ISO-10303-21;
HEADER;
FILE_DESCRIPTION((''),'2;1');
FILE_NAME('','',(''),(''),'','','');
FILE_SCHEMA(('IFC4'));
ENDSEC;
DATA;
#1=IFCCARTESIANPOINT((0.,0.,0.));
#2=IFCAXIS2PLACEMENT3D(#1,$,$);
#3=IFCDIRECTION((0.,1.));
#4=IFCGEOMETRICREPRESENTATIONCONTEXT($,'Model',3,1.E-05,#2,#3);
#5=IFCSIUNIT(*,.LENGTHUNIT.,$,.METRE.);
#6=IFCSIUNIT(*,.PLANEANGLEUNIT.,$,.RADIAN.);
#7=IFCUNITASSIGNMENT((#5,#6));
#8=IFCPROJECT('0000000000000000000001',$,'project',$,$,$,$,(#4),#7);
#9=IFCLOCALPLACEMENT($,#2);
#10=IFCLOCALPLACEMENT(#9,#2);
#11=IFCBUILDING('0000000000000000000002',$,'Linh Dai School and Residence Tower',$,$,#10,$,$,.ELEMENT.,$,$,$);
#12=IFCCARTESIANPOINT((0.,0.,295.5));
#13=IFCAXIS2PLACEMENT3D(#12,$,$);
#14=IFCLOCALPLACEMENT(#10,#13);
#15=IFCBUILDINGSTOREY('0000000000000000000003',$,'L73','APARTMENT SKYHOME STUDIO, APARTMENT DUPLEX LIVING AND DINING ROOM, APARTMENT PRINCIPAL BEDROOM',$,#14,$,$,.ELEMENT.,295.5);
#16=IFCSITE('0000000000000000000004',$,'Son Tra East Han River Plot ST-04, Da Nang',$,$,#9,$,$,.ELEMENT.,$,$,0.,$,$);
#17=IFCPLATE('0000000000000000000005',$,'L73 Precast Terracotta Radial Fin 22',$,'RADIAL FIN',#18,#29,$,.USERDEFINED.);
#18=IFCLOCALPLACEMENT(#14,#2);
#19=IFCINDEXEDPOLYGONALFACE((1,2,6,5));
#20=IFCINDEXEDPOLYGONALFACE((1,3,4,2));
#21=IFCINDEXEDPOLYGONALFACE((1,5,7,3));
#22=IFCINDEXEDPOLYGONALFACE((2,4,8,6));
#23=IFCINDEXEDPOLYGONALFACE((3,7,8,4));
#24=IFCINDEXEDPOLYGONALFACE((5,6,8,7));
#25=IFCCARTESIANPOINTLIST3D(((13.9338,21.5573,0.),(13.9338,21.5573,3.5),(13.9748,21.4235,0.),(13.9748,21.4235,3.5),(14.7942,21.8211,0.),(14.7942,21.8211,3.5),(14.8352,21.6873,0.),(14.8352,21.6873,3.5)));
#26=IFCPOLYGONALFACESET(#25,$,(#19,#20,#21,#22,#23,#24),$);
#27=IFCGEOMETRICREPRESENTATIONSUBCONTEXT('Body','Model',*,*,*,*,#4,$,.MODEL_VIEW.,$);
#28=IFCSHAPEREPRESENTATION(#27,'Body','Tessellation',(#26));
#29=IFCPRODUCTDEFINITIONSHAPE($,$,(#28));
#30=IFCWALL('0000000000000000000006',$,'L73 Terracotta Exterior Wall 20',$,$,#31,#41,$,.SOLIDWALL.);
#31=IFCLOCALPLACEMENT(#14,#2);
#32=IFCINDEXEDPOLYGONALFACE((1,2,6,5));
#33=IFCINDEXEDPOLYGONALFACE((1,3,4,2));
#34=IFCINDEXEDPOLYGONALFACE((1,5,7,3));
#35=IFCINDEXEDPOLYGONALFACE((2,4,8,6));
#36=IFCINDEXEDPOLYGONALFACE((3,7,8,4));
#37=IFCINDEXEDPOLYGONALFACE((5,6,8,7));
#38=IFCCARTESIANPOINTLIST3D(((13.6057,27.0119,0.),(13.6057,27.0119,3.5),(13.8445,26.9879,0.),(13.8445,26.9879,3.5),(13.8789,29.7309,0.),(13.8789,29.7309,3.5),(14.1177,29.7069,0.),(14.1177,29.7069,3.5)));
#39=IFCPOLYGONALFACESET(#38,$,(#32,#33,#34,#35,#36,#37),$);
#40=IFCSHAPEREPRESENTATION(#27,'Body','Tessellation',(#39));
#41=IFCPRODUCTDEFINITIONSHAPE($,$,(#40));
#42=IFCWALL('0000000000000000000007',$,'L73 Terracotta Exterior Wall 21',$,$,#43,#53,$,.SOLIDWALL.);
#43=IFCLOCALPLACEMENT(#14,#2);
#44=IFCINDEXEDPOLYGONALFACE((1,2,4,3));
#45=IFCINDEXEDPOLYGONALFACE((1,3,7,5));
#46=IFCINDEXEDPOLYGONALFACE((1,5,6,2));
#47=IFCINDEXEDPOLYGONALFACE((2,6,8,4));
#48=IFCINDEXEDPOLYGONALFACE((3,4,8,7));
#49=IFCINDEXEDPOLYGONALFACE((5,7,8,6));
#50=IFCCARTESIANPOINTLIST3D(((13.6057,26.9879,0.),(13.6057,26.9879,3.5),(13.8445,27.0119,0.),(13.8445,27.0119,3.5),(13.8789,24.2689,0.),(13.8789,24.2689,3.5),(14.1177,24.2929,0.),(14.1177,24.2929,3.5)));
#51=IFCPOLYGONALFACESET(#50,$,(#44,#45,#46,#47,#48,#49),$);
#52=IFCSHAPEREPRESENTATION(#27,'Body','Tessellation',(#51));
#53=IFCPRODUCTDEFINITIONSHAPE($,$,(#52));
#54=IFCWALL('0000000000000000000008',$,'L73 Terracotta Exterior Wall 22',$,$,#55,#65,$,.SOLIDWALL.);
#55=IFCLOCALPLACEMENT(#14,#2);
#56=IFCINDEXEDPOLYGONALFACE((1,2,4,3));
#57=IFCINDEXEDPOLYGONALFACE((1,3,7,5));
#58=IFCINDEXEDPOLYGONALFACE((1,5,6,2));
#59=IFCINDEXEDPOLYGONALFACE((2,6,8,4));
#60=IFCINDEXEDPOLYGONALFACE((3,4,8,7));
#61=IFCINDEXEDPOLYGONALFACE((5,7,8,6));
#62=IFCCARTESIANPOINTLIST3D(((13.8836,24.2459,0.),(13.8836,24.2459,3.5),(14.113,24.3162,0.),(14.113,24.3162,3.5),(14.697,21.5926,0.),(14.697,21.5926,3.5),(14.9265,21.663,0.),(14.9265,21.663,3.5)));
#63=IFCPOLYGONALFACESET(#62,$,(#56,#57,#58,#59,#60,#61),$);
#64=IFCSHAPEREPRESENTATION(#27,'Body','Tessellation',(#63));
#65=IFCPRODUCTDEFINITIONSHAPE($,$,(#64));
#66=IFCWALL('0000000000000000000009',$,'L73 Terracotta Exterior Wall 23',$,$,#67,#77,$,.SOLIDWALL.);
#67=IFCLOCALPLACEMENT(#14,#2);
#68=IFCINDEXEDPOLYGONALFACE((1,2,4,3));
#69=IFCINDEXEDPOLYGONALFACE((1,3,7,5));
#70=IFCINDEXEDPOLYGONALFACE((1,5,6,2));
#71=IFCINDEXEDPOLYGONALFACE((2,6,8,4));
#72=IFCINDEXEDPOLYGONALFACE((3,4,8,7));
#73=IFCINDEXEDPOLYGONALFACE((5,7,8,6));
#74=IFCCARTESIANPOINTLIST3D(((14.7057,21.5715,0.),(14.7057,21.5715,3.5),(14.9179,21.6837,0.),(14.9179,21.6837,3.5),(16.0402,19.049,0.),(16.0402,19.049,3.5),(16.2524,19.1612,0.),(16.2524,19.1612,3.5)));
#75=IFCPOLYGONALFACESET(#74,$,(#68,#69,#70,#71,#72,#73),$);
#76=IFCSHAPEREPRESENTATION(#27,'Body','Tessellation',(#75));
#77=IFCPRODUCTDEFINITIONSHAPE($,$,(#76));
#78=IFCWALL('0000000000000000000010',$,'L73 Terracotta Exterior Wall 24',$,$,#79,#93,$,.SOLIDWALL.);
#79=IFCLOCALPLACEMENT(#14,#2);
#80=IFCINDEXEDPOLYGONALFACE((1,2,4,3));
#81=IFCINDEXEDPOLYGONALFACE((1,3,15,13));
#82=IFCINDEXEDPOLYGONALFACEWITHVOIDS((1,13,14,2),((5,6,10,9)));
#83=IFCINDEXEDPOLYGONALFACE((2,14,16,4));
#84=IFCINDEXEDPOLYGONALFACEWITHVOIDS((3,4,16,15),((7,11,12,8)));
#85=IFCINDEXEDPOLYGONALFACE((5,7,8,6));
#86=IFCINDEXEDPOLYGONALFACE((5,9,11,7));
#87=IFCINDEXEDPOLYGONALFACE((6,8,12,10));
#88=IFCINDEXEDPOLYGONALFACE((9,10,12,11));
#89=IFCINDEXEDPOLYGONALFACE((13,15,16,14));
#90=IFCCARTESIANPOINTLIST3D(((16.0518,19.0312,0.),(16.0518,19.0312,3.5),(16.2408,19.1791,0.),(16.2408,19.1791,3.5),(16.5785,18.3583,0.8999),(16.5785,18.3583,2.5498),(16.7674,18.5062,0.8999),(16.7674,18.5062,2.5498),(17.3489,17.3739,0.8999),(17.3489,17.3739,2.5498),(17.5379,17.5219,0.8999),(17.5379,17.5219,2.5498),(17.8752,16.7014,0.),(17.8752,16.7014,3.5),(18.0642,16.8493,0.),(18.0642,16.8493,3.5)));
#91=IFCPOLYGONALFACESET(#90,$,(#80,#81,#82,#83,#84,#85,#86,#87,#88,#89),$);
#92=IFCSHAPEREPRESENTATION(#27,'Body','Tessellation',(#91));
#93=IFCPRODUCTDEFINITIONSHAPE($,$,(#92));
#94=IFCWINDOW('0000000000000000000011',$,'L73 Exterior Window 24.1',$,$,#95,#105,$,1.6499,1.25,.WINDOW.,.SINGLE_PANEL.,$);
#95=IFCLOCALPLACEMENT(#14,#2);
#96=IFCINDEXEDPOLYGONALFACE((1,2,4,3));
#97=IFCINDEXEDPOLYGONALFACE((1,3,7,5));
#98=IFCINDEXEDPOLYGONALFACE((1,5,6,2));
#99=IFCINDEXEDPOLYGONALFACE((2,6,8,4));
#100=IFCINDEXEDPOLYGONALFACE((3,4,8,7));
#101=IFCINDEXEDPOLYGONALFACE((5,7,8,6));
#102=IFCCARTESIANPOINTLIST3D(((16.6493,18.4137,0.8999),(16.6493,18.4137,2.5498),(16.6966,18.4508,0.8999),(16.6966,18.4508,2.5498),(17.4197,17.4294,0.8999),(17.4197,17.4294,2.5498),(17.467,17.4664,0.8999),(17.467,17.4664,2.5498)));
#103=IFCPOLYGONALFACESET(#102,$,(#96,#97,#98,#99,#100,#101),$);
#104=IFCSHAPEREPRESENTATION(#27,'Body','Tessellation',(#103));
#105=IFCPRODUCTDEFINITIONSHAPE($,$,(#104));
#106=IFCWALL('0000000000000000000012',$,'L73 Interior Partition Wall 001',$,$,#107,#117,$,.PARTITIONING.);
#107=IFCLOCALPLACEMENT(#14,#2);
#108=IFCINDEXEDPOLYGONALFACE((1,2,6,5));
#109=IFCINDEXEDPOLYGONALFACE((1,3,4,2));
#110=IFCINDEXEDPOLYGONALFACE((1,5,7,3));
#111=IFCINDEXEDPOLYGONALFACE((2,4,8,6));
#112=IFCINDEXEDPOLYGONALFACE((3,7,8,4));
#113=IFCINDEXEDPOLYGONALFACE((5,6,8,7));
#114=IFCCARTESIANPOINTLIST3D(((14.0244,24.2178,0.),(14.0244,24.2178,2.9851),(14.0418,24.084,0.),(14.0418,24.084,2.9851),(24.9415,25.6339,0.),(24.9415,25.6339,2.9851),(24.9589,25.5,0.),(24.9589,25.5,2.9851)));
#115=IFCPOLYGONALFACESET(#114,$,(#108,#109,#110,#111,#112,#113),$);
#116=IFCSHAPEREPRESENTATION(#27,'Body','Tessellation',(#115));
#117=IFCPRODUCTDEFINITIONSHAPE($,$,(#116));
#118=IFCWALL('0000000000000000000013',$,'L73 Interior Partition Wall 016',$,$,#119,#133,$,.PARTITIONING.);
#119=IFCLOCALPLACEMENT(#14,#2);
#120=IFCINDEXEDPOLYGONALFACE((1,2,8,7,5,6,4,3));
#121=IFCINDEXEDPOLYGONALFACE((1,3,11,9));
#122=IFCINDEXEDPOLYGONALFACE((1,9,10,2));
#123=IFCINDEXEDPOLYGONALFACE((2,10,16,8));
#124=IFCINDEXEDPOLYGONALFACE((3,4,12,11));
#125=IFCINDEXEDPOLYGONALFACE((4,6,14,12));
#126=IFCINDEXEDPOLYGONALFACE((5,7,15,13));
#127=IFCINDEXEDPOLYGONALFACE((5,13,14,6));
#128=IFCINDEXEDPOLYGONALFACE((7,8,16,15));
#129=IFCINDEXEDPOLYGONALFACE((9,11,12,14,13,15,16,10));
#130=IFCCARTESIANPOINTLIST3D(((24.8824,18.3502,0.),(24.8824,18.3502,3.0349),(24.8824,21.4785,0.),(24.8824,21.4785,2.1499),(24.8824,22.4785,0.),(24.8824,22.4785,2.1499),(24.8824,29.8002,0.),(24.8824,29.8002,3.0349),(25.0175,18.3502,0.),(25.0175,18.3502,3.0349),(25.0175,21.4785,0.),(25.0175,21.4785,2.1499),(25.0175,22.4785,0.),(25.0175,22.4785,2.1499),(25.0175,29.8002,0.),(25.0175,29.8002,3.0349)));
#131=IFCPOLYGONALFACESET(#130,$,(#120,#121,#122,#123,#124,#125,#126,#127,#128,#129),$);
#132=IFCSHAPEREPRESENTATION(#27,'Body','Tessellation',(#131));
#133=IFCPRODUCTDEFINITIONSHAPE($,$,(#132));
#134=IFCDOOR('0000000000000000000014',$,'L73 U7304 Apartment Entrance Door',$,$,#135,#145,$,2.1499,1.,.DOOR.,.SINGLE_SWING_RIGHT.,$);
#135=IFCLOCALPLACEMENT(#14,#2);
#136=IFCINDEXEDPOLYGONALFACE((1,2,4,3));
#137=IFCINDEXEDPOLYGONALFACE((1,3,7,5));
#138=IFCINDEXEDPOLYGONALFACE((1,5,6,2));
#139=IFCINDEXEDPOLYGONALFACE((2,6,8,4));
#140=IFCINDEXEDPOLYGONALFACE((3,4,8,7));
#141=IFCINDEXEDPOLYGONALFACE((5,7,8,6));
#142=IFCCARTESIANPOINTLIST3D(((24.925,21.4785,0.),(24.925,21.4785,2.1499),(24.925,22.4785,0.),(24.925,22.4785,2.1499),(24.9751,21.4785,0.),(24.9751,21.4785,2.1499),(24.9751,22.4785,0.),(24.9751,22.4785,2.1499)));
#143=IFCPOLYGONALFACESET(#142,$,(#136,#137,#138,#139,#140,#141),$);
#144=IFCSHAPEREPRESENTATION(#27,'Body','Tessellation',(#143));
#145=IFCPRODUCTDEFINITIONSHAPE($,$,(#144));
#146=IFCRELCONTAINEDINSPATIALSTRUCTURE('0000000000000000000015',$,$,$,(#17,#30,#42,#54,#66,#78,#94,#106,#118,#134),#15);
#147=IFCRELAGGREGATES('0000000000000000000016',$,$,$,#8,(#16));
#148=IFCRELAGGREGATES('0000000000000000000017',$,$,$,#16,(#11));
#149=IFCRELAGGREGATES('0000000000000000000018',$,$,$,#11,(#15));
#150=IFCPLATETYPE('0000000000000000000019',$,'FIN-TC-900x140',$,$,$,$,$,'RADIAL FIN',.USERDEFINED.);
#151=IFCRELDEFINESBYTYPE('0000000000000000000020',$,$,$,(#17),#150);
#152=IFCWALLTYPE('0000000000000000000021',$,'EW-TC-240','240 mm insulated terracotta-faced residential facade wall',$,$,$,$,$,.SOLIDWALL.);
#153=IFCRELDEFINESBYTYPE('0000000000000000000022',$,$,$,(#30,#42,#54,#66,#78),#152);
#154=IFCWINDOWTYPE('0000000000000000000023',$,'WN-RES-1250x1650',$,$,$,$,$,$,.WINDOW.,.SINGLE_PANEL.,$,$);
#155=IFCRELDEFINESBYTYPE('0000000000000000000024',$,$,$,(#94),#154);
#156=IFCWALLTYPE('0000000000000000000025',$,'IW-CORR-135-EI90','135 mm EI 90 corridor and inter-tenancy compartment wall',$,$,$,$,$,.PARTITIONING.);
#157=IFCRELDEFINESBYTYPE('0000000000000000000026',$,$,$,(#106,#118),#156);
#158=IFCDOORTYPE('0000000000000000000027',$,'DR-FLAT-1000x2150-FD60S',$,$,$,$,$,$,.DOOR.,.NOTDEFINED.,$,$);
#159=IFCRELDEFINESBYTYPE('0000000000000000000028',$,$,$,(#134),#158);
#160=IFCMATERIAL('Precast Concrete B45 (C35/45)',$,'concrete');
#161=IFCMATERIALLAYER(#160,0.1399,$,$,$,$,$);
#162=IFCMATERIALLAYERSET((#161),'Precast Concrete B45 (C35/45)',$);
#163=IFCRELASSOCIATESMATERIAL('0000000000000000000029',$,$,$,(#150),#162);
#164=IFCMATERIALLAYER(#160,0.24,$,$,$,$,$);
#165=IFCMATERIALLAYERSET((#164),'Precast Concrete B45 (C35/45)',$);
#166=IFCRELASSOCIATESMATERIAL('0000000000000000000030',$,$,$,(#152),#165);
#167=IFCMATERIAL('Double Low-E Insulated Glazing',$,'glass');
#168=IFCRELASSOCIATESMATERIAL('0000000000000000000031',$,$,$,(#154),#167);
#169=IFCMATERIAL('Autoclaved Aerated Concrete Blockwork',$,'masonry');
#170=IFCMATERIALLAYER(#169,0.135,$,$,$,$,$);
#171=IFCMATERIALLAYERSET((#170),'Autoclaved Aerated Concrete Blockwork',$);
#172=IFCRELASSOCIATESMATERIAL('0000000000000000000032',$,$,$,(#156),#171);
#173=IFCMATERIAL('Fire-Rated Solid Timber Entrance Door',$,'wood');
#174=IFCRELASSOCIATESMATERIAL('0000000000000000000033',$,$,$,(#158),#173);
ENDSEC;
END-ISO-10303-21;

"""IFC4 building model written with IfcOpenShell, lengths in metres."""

from ifc_helpers import new_model, si_unit, direction, frame, frame_2d, origin, origin_2d, place, context, subcontext, project, spatial, rectangle, extrude, source, transform, mapped, material, layer, layer_set, type_object, element, fill, save


model = new_model("IFC4")

# Units and contexts
model_context = context("Model", 3, precision=1e-05, world=origin(), true_north=direction((0.0, 1.0)))
body_context = subcontext(model_context, "Body", "Model", "MODEL_VIEW")
ifc_project = project(units=[si_unit("LENGTHUNIT", "METRE"), si_unit("PLANEANGLEUNIT", "RADIAN")], contexts=[model_context])

# Site, building, storey
site_placement = place(None, origin())
site = spatial("IfcSite", under=ifc_project, at=site_placement, Name="Son Tra East Han River Plot ST-04, Da Nang", CompositionType="ELEMENT", RefElevation=0.0)
building_placement = place(site_placement, origin())
building = spatial("IfcBuilding", under=site, at=building_placement, Name="Linh Dai School and Residence Tower", CompositionType="ELEMENT")
storey_placement = place(building_placement, frame((0.0, 0.0, 295.5)))
storey = spatial("IfcBuildingStorey", under=building, at=storey_placement, Name="L73", Description="APARTMENT SKYHOME STUDIO, APARTMENT DUPLEX LIVING AND DINING ROOM, APARTMENT PRINCIPAL BEDROOM", CompositionType="ELEMENT", Elevation=295.5)

# Plate
ifc_material_1 = material(Name="Precast Concrete B45 (C35/45)", Category="concrete")
ifc_layer_1 = layer(ifc_material_1, 0.1399)
ifc_layer_set_1 = layer_set([ifc_layer_1], Name="Precast Concrete B45 (C35/45)")
plate_type = type_object("IfcPlateType", Name="FIN-TC-900x140", ElementType="RADIAL FIN", PredefinedType="USERDEFINED", material=ifc_layer_set_1)
shared_shape_1 = source(origin(), body_context, "Body", "SweptSolid", [
    extrude(rectangle(XDim=0.8999, YDim=0.1399, at=origin_2d()), origin(), (0.0, 0.0, 1.0), 3.5),
])
plate_placement = place(storey_placement, frame((14.3845, 21.6223, 0.0), z_axis=(0.0, 0.0, 1.0), x_axis=(-0.956069, -0.293141, 0.0)))
element("IfcPlate", 1, at=plate_placement, inside=storey, type_object=plate_type, Name="L73 Precast Terracotta Radial Fin 22", ObjectType="RADIAL FIN", PredefinedType="USERDEFINED", context=body_context, shape_type="MappedRepresentation", body=[
    mapped(shared_shape_1, transform((0.0, 0.0, 0.0), x_axis=(1.0, 0.0, 0.0), y_axis=(0.0, 1.0, 0.0), z_axis=(0.0, 0.0, 1.0), scale=1.0)),
])

# Walls
ifc_layer_2 = layer(ifc_material_1, 0.24)
ifc_layer_set_2 = layer_set([ifc_layer_2], Name="Precast Concrete B45 (C35/45)")
wall_type_1 = type_object("IfcWallType", Name="EW-TC-240", Description="240 mm insulated terracotta-faced residential facade wall", PredefinedType="SOLIDWALL", material=ifc_layer_set_2)
for number, where, z_axis, x_axis, name in (
    (2, (13.7251, 27.0, 0.0), (0.0, 0.0, 1.0), (0.099973, 0.99499, 0.0), "L73 Terracotta Exterior Wall 20"),
    (3, (13.9983, 24.281, 0.0), (0.0, 0.0, 1.0), (-0.099973, 0.99499, 0.0), "L73 Terracotta Exterior Wall 21"),
):
    element("IfcWall", number, at=place(storey_placement, frame(where, z_axis=z_axis, x_axis=x_axis)), inside=storey, type_object=wall_type_1, Name=name, PredefinedType="SOLIDWALL", context=body_context, shape_type="SweptSolid", body=[
        extrude(rectangle(XDim=2.7327, YDim=0.24, at=frame_2d((1.3662, 0.0))), origin(), (0.0, 0.0, 1.0), 3.5),
    ])
wall_1_placement = place(storey_placement, frame((14.8118, 21.6277, 0.0), z_axis=(0.0, 0.0, 1.0), x_axis=(-0.293121, 0.956075, 0.0)))
element("IfcWall", 4, at=wall_1_placement, inside=storey, type_object=wall_type_1, Name="L73 Terracotta Exterior Wall 22", PredefinedType="SOLIDWALL", context=body_context, shape_type="SweptSolid", body=[
    extrude(rectangle(XDim=2.7751, YDim=0.24, at=frame_2d((1.3877, 0.0))), origin(), (0.0, 0.0, 1.0), 3.5),
])
wall_2_placement = place(storey_placement, frame((16.1462, 19.1052, 0.0), z_axis=(0.0, 0.0, 1.0), x_axis=(-0.467628, 0.883925, 0.0)))
element("IfcWall", 5, at=wall_2_placement, inside=storey, type_object=wall_type_1, Name="L73 Terracotta Exterior Wall 23", PredefinedType="SOLIDWALL", context=body_context, shape_type="SweptSolid", body=[
    extrude(rectangle(XDim=2.8538, YDim=0.24, at=frame_2d((1.4268, 0.0))), origin(), (0.0, 0.0, 1.0), 3.5),
])

# Wall, opening, window
wall_3_placement = place(storey_placement, frame((17.9697, 16.7754, 0.0), z_axis=(0.0, 0.0, 1.0), x_axis=(-0.616337, 0.787482, 0.0)))
wall_3 = element("IfcWall", 6, at=wall_3_placement, inside=storey, type_object=wall_type_1, Name="L73 Terracotta Exterior Wall 24", PredefinedType="SOLIDWALL", context=body_context, shape_type="SweptSolid", body=[
    extrude(rectangle(XDim=2.9585, YDim=0.24, at=frame_2d((1.4792, 0.0))), origin(), (0.0, 0.0, 1.0), 3.5),
])
opening_1_placement = place(wall_3_placement, frame((0.854, 0.0, 0.8999)))
opening_1 = element("IfcOpeningElement", 7, at=opening_1_placement, cuts=wall_3, PredefinedType="OPENING", context=body_context, shape_type="SweptSolid", body=[
    extrude(rectangle(XDim=1.25, YDim=1.6499, at=origin_2d()), frame((0.625, 0.1299, 0.825), z_axis=(0.0, -1.0, 0.0), x_axis=(1.0, 0.0, 0.0)), (0.0, 0.0, 1.0), 0.26),
])
ifc_material_2 = material(Name="Double Low-E Insulated Glazing", Category="glass")
window_type = type_object("IfcWindowType", Name="WN-RES-1250x1650", PartitioningType="SINGLE_PANEL", PredefinedType="WINDOW", material=ifc_material_2)
shared_shape_2 = source(origin(), body_context, "Body", "SweptSolid", [
    extrude(rectangle(XDim=1.25, YDim=1.6499, at=origin_2d()), frame((0.625, 0.03, 0.825), z_axis=(0.0, -1.0, 0.0), x_axis=(1.0, 0.0, 0.0)), (0.0, 0.0, 1.0), 0.0601),
])
window_placement = place(opening_1_placement, origin())
window = element("IfcWindow", 8, at=window_placement, inside=storey, type_object=window_type, Name="L73 Exterior Window 24.1", OverallHeight=1.6499, OverallWidth=1.25, PartitioningType="SINGLE_PANEL", PredefinedType="WINDOW", context=body_context, shape_type="MappedRepresentation", body=[
    mapped(shared_shape_2, transform((0.0, 0.0, 0.0), x_axis=(1.0, 0.0, 0.0), y_axis=(0.0, 1.0, 0.0), z_axis=(0.0, 0.0, 1.0), scale=1.0)),
])
fill(opening_1, window)

# Wall
ifc_material_3 = material(Name="Autoclaved Aerated Concrete Blockwork", Category="masonry")
ifc_layer_3 = layer(ifc_material_3, 0.135)
ifc_layer_set_3 = layer_set([ifc_layer_3], Name="Autoclaved Aerated Concrete Blockwork")
wall_type_2 = type_object("IfcWallType", Name="IW-CORR-135-EI90", Description="135 mm EI 90 corridor and inter-tenancy compartment wall", PredefinedType="PARTITIONING", material=ifc_layer_set_3)
wall_4_placement = place(storey_placement, frame((14.033, 24.1509, 0.0), z_axis=(0.0, 0.0, 1.0), x_axis=(0.991693, 0.12863, 0.0)))
element("IfcWall", 9, at=wall_4_placement, inside=storey, type_object=wall_type_2, Name="L73 Interior Partition Wall 001", PredefinedType="PARTITIONING", context=body_context, shape_type="SweptSolid", body=[
    extrude(rectangle(XDim=11.0085, YDim=0.135, at=frame_2d((5.5044, 0.0))), origin(), (0.0, 0.0, 1.0), 2.9851),
])

# Wall, opening, door
wall_5_placement = place(storey_placement, frame((24.95, 18.3501, 0.0), z_axis=(0.0, 0.0, 1.0), x_axis=(0.0, 1.0, 0.0)))
wall_5 = element("IfcWall", 10, at=wall_5_placement, inside=storey, type_object=wall_type_2, Name="L73 Interior Partition Wall 016", PredefinedType="PARTITIONING", context=body_context, shape_type="SweptSolid", body=[
    extrude(rectangle(XDim=11.45, YDim=0.135, at=frame_2d((5.7251, 0.0))), origin(), (0.0, 0.0, 1.0), 3.0349),
])
opening_2_placement = place(wall_5_placement, frame((3.1284, 0.0, 0.0)))
opening_2 = element("IfcOpeningElement", 11, at=opening_2_placement, cuts=wall_5, PredefinedType="OPENING", context=body_context, shape_type="SweptSolid", body=[
    extrude(rectangle(XDim=1.0, YDim=2.1499, at=origin_2d()), frame((0.5, 0.0776, 1.075), z_axis=(0.0, -1.0, 0.0), x_axis=(1.0, 0.0, 0.0)), (0.0, 0.0, 1.0), 0.155),
])
ifc_material_4 = material(Name="Fire-Rated Solid Timber Entrance Door", Category="wood")
door_type = type_object("IfcDoorType", Name="DR-FLAT-1000x2150-FD60S", OperationType="NOTDEFINED", PredefinedType="DOOR", material=ifc_material_4)
shared_shape_3 = source(origin(), body_context, "Body", "SweptSolid", [
    extrude(rectangle(XDim=1.0, YDim=2.1499, at=origin_2d()), frame((0.5, 0.0249, 1.075), z_axis=(0.0, -1.0, 0.0), x_axis=(1.0, 0.0, 0.0)), (0.0, 0.0, 1.0), 0.05),
])
door_1_placement = place(opening_2_placement, origin())
door_1 = element("IfcDoor", 12, at=door_1_placement, inside=storey, type_object=door_type, Name="L73 U7304 Apartment Entrance Door", OperationType="SINGLE_SWING_RIGHT", OverallHeight=2.1499, OverallWidth=1.0, PredefinedType="DOOR", context=body_context, shape_type="MappedRepresentation", body=[
    mapped(shared_shape_3, transform((0.0, 0.0, 0.0), x_axis=(1.0, 0.0, 0.0), y_axis=(0.0, 1.0, 0.0), z_axis=(0.0, 0.0, 1.0), scale=1.0)),
])
fill(opening_2, door_1)

save(model, "model.ifc")
